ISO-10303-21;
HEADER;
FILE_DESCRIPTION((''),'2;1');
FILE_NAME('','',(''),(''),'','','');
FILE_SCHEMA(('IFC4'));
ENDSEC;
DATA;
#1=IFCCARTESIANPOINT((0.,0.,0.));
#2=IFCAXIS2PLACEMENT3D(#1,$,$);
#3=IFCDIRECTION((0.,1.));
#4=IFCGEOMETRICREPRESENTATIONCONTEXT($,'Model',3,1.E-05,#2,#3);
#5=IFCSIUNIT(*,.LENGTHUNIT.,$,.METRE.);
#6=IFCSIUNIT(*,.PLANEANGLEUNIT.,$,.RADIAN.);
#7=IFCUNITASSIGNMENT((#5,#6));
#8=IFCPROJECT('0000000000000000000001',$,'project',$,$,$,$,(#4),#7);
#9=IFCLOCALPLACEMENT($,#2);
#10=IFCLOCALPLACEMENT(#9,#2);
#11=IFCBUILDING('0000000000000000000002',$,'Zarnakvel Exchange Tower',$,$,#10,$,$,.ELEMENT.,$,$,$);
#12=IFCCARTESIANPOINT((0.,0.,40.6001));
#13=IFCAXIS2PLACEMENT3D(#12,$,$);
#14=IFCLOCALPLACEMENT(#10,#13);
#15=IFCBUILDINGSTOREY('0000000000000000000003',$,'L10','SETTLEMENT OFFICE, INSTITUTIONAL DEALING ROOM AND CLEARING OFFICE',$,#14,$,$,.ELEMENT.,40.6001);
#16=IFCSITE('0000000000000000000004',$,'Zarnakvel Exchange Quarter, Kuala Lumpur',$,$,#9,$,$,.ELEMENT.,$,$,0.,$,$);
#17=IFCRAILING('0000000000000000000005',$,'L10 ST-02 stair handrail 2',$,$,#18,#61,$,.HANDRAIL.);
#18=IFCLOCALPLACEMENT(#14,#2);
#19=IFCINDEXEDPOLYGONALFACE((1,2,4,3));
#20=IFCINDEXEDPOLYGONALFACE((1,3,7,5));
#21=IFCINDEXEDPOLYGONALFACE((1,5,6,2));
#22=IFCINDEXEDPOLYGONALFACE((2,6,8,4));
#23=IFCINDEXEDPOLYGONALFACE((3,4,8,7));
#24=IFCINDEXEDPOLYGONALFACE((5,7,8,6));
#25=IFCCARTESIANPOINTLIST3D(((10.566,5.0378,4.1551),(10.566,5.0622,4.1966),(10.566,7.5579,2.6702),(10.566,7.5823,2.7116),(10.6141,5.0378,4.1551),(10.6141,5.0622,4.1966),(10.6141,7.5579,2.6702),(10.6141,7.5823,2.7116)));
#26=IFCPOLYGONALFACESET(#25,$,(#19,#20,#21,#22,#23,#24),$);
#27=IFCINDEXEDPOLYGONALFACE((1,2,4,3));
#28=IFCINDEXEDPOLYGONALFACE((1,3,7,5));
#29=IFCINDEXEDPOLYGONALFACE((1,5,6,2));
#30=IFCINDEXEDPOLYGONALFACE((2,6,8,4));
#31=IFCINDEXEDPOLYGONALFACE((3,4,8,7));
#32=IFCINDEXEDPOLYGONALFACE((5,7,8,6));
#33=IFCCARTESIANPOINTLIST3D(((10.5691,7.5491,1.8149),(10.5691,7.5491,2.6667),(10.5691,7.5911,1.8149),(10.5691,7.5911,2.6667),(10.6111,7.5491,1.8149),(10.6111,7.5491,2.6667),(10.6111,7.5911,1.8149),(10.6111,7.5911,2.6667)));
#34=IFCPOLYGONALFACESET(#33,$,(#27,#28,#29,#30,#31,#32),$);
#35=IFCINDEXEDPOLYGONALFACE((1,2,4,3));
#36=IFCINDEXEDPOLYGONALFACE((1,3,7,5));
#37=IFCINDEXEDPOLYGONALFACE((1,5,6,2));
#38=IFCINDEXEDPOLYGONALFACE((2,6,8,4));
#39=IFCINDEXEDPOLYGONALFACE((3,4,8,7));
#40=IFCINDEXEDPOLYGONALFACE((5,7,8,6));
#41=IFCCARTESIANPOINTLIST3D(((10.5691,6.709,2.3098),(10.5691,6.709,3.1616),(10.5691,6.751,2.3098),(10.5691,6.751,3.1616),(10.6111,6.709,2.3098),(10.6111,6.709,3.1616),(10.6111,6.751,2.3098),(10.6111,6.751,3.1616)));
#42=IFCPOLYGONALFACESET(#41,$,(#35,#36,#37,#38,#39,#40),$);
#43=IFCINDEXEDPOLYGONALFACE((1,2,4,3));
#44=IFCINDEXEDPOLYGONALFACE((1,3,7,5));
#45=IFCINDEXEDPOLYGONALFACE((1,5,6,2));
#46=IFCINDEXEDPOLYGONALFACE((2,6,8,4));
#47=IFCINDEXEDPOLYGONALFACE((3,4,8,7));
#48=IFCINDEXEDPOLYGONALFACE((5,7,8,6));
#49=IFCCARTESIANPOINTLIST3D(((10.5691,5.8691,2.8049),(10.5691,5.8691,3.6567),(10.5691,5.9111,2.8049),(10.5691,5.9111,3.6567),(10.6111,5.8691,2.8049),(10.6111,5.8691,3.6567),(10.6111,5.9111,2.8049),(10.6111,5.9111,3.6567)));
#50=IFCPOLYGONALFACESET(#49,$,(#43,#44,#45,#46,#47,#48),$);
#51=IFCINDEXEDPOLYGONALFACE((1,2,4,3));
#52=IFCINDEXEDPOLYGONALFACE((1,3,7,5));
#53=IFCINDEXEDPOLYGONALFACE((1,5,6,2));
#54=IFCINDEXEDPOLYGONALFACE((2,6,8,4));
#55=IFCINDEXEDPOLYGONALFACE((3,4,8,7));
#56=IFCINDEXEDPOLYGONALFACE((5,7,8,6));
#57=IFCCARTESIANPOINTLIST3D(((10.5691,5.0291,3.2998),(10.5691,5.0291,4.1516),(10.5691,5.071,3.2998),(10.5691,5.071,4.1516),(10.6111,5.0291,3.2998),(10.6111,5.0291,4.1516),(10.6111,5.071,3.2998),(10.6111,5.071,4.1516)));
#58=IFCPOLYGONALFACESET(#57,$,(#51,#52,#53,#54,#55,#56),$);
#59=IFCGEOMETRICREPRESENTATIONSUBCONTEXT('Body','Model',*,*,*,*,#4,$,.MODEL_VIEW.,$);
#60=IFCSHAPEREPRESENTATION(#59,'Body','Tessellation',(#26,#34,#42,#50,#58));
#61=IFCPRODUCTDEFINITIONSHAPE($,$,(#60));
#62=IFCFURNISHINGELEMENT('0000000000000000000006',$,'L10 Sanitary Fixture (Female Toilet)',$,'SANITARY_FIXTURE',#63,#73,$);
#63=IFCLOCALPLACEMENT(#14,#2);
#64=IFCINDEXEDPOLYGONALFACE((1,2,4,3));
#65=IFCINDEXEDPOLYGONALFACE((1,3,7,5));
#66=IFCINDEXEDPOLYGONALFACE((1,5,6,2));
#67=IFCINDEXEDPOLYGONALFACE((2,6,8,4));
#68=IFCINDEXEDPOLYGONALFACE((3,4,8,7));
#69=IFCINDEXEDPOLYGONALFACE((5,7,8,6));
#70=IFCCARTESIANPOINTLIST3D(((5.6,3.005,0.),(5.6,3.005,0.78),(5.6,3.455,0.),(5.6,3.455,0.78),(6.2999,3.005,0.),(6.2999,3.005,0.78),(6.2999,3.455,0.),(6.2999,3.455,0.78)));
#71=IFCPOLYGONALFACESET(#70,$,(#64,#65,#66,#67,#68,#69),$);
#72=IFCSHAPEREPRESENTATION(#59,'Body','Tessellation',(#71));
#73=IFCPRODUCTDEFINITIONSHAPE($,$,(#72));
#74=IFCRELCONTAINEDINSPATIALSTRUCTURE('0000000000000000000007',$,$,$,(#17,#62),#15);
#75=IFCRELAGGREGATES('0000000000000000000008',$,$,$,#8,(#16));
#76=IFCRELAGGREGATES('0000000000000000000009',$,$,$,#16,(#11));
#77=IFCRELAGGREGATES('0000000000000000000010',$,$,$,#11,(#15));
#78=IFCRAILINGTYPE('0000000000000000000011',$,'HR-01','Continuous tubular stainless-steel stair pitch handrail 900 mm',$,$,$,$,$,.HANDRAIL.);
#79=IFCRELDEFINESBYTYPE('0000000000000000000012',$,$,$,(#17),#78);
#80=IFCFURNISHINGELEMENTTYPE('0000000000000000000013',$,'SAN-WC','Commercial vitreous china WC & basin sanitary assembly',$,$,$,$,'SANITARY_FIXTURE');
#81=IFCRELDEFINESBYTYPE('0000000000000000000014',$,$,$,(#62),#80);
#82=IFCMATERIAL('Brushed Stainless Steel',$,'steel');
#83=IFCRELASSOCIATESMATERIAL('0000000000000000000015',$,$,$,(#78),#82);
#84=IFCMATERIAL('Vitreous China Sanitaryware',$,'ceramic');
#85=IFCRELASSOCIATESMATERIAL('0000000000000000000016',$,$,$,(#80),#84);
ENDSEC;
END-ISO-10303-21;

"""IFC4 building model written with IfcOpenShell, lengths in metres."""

from ifc_helpers import new_model, si_unit, direction, frame, origin, origin_2d, place, context, subcontext, project, spatial, rectangle, extrude, source, transform, mapped, material, type_object, element, save


model = new_model("IFC4")

# Units and contexts
model_context = context("Model", 3, precision=1e-05, world=origin(), true_north=direction((0.0, 1.0)))
body_context = subcontext(model_context, "Body", "Model", "MODEL_VIEW")
ifc_project = project(units=[si_unit("LENGTHUNIT", "METRE"), si_unit("PLANEANGLEUNIT", "RADIAN")], contexts=[model_context])

# Site, building, storey
site_placement = place(None, origin())
site = spatial("IfcSite", under=ifc_project, at=site_placement, Name="Zarnakvel Exchange Quarter, Kuala Lumpur", CompositionType="ELEMENT", RefElevation=0.0)
building_placement = place(site_placement, origin())
building = spatial("IfcBuilding", under=site, at=building_placement, Name="Zarnakvel Exchange Tower", CompositionType="ELEMENT")
storey_placement = place(building_placement, frame((0.0, 0.0, 40.6001)))
storey = spatial("IfcBuildingStorey", under=building, at=storey_placement, Name="L10", Description="SETTLEMENT OFFICE, INSTITUTIONAL DEALING ROOM AND CLEARING OFFICE", CompositionType="ELEMENT", Elevation=40.6001)

# Shared definitions
ifc_material_1 = material(Name="Brushed Stainless Steel", Category="steel")

# Railing
railing_type = type_object("IfcRailingType", Name="HR-01", Description="Continuous tubular stainless-steel stair pitch handrail 900 mm", PredefinedType="HANDRAIL", material=ifc_material_1)
railing_placement = place(storey_placement, frame((10.5901, 7.5701, 1.8149)))
element("IfcRailing", 1, at=railing_placement, inside=storey, type_object=railing_type, Name="L10 ST-02 stair handrail 2", PredefinedType="HANDRAIL", context=body_context, shape_type="SweptSolid", body=[
    extrude(rectangle(XDim=0.0481, YDim=0.0481, at=origin_2d()), frame((0.0, 0.0, 0.876), z_axis=(0.0, -0.861561, 0.507655), x_axis=(1.0, 0.0, 0.0)), (0.0, 0.0, 1.0), 2.925),
    extrude(rectangle(XDim=0.042, YDim=0.042, at=origin_2d()), origin(), (0.0, 0.0, 1.0), 0.8518),
    extrude(rectangle(XDim=0.042, YDim=0.042, at=origin_2d()), frame((0.0, -0.8401, 0.4949)), (0.0, 0.0, 1.0), 0.8518),
    extrude(rectangle(XDim=0.042, YDim=0.042, at=origin_2d()), frame((0.0, -1.6799, 0.99)), (0.0, 0.0, 1.0), 0.8518),
    extrude(rectangle(XDim=0.042, YDim=0.042, at=origin_2d()), frame((0.0, -2.52, 1.4849)), (0.0, 0.0, 1.0), 0.8518),
])

# Furnishing element
ifc_material_2 = material(Name="Vitreous China Sanitaryware", Category="ceramic")
furnishing_element_type = type_object("IfcFurnishingElementType", Name="SAN-WC", Description="Commercial vitreous china WC & basin sanitary assembly", ElementType="SANITARY_FIXTURE", material=ifc_material_2)
shared_shape_1 = source(origin(), body_context, "Body", "SweptSolid", [
    extrude(rectangle(XDim=0.7, YDim=0.45, at=origin_2d()), origin(), (0.0, 0.0, 1.0), 0.78),
])
furnishing_placement = place(storey_placement, frame((5.95, 3.23, 0.0), z_axis=(0.0, 0.0, 1.0), x_axis=(1.0, 0.0, 0.0)))
element("IfcFurnishingElement", 2, at=furnishing_placement, inside=storey, type_object=furnishing_element_type, Name="L10 Sanitary Fixture (Female Toilet)", ObjectType="SANITARY_FIXTURE", context=body_context, shape_type="MappedRepresentation", body=[
    mapped(shared_shape_1, transform((0.0, 0.0, 0.0), x_axis=(1.0, 0.0, 0.0), y_axis=(0.0, 1.0, 0.0), z_axis=(0.0, 0.0, 1.0), scale=1.0)),
])

save(model, "model.ifc")
